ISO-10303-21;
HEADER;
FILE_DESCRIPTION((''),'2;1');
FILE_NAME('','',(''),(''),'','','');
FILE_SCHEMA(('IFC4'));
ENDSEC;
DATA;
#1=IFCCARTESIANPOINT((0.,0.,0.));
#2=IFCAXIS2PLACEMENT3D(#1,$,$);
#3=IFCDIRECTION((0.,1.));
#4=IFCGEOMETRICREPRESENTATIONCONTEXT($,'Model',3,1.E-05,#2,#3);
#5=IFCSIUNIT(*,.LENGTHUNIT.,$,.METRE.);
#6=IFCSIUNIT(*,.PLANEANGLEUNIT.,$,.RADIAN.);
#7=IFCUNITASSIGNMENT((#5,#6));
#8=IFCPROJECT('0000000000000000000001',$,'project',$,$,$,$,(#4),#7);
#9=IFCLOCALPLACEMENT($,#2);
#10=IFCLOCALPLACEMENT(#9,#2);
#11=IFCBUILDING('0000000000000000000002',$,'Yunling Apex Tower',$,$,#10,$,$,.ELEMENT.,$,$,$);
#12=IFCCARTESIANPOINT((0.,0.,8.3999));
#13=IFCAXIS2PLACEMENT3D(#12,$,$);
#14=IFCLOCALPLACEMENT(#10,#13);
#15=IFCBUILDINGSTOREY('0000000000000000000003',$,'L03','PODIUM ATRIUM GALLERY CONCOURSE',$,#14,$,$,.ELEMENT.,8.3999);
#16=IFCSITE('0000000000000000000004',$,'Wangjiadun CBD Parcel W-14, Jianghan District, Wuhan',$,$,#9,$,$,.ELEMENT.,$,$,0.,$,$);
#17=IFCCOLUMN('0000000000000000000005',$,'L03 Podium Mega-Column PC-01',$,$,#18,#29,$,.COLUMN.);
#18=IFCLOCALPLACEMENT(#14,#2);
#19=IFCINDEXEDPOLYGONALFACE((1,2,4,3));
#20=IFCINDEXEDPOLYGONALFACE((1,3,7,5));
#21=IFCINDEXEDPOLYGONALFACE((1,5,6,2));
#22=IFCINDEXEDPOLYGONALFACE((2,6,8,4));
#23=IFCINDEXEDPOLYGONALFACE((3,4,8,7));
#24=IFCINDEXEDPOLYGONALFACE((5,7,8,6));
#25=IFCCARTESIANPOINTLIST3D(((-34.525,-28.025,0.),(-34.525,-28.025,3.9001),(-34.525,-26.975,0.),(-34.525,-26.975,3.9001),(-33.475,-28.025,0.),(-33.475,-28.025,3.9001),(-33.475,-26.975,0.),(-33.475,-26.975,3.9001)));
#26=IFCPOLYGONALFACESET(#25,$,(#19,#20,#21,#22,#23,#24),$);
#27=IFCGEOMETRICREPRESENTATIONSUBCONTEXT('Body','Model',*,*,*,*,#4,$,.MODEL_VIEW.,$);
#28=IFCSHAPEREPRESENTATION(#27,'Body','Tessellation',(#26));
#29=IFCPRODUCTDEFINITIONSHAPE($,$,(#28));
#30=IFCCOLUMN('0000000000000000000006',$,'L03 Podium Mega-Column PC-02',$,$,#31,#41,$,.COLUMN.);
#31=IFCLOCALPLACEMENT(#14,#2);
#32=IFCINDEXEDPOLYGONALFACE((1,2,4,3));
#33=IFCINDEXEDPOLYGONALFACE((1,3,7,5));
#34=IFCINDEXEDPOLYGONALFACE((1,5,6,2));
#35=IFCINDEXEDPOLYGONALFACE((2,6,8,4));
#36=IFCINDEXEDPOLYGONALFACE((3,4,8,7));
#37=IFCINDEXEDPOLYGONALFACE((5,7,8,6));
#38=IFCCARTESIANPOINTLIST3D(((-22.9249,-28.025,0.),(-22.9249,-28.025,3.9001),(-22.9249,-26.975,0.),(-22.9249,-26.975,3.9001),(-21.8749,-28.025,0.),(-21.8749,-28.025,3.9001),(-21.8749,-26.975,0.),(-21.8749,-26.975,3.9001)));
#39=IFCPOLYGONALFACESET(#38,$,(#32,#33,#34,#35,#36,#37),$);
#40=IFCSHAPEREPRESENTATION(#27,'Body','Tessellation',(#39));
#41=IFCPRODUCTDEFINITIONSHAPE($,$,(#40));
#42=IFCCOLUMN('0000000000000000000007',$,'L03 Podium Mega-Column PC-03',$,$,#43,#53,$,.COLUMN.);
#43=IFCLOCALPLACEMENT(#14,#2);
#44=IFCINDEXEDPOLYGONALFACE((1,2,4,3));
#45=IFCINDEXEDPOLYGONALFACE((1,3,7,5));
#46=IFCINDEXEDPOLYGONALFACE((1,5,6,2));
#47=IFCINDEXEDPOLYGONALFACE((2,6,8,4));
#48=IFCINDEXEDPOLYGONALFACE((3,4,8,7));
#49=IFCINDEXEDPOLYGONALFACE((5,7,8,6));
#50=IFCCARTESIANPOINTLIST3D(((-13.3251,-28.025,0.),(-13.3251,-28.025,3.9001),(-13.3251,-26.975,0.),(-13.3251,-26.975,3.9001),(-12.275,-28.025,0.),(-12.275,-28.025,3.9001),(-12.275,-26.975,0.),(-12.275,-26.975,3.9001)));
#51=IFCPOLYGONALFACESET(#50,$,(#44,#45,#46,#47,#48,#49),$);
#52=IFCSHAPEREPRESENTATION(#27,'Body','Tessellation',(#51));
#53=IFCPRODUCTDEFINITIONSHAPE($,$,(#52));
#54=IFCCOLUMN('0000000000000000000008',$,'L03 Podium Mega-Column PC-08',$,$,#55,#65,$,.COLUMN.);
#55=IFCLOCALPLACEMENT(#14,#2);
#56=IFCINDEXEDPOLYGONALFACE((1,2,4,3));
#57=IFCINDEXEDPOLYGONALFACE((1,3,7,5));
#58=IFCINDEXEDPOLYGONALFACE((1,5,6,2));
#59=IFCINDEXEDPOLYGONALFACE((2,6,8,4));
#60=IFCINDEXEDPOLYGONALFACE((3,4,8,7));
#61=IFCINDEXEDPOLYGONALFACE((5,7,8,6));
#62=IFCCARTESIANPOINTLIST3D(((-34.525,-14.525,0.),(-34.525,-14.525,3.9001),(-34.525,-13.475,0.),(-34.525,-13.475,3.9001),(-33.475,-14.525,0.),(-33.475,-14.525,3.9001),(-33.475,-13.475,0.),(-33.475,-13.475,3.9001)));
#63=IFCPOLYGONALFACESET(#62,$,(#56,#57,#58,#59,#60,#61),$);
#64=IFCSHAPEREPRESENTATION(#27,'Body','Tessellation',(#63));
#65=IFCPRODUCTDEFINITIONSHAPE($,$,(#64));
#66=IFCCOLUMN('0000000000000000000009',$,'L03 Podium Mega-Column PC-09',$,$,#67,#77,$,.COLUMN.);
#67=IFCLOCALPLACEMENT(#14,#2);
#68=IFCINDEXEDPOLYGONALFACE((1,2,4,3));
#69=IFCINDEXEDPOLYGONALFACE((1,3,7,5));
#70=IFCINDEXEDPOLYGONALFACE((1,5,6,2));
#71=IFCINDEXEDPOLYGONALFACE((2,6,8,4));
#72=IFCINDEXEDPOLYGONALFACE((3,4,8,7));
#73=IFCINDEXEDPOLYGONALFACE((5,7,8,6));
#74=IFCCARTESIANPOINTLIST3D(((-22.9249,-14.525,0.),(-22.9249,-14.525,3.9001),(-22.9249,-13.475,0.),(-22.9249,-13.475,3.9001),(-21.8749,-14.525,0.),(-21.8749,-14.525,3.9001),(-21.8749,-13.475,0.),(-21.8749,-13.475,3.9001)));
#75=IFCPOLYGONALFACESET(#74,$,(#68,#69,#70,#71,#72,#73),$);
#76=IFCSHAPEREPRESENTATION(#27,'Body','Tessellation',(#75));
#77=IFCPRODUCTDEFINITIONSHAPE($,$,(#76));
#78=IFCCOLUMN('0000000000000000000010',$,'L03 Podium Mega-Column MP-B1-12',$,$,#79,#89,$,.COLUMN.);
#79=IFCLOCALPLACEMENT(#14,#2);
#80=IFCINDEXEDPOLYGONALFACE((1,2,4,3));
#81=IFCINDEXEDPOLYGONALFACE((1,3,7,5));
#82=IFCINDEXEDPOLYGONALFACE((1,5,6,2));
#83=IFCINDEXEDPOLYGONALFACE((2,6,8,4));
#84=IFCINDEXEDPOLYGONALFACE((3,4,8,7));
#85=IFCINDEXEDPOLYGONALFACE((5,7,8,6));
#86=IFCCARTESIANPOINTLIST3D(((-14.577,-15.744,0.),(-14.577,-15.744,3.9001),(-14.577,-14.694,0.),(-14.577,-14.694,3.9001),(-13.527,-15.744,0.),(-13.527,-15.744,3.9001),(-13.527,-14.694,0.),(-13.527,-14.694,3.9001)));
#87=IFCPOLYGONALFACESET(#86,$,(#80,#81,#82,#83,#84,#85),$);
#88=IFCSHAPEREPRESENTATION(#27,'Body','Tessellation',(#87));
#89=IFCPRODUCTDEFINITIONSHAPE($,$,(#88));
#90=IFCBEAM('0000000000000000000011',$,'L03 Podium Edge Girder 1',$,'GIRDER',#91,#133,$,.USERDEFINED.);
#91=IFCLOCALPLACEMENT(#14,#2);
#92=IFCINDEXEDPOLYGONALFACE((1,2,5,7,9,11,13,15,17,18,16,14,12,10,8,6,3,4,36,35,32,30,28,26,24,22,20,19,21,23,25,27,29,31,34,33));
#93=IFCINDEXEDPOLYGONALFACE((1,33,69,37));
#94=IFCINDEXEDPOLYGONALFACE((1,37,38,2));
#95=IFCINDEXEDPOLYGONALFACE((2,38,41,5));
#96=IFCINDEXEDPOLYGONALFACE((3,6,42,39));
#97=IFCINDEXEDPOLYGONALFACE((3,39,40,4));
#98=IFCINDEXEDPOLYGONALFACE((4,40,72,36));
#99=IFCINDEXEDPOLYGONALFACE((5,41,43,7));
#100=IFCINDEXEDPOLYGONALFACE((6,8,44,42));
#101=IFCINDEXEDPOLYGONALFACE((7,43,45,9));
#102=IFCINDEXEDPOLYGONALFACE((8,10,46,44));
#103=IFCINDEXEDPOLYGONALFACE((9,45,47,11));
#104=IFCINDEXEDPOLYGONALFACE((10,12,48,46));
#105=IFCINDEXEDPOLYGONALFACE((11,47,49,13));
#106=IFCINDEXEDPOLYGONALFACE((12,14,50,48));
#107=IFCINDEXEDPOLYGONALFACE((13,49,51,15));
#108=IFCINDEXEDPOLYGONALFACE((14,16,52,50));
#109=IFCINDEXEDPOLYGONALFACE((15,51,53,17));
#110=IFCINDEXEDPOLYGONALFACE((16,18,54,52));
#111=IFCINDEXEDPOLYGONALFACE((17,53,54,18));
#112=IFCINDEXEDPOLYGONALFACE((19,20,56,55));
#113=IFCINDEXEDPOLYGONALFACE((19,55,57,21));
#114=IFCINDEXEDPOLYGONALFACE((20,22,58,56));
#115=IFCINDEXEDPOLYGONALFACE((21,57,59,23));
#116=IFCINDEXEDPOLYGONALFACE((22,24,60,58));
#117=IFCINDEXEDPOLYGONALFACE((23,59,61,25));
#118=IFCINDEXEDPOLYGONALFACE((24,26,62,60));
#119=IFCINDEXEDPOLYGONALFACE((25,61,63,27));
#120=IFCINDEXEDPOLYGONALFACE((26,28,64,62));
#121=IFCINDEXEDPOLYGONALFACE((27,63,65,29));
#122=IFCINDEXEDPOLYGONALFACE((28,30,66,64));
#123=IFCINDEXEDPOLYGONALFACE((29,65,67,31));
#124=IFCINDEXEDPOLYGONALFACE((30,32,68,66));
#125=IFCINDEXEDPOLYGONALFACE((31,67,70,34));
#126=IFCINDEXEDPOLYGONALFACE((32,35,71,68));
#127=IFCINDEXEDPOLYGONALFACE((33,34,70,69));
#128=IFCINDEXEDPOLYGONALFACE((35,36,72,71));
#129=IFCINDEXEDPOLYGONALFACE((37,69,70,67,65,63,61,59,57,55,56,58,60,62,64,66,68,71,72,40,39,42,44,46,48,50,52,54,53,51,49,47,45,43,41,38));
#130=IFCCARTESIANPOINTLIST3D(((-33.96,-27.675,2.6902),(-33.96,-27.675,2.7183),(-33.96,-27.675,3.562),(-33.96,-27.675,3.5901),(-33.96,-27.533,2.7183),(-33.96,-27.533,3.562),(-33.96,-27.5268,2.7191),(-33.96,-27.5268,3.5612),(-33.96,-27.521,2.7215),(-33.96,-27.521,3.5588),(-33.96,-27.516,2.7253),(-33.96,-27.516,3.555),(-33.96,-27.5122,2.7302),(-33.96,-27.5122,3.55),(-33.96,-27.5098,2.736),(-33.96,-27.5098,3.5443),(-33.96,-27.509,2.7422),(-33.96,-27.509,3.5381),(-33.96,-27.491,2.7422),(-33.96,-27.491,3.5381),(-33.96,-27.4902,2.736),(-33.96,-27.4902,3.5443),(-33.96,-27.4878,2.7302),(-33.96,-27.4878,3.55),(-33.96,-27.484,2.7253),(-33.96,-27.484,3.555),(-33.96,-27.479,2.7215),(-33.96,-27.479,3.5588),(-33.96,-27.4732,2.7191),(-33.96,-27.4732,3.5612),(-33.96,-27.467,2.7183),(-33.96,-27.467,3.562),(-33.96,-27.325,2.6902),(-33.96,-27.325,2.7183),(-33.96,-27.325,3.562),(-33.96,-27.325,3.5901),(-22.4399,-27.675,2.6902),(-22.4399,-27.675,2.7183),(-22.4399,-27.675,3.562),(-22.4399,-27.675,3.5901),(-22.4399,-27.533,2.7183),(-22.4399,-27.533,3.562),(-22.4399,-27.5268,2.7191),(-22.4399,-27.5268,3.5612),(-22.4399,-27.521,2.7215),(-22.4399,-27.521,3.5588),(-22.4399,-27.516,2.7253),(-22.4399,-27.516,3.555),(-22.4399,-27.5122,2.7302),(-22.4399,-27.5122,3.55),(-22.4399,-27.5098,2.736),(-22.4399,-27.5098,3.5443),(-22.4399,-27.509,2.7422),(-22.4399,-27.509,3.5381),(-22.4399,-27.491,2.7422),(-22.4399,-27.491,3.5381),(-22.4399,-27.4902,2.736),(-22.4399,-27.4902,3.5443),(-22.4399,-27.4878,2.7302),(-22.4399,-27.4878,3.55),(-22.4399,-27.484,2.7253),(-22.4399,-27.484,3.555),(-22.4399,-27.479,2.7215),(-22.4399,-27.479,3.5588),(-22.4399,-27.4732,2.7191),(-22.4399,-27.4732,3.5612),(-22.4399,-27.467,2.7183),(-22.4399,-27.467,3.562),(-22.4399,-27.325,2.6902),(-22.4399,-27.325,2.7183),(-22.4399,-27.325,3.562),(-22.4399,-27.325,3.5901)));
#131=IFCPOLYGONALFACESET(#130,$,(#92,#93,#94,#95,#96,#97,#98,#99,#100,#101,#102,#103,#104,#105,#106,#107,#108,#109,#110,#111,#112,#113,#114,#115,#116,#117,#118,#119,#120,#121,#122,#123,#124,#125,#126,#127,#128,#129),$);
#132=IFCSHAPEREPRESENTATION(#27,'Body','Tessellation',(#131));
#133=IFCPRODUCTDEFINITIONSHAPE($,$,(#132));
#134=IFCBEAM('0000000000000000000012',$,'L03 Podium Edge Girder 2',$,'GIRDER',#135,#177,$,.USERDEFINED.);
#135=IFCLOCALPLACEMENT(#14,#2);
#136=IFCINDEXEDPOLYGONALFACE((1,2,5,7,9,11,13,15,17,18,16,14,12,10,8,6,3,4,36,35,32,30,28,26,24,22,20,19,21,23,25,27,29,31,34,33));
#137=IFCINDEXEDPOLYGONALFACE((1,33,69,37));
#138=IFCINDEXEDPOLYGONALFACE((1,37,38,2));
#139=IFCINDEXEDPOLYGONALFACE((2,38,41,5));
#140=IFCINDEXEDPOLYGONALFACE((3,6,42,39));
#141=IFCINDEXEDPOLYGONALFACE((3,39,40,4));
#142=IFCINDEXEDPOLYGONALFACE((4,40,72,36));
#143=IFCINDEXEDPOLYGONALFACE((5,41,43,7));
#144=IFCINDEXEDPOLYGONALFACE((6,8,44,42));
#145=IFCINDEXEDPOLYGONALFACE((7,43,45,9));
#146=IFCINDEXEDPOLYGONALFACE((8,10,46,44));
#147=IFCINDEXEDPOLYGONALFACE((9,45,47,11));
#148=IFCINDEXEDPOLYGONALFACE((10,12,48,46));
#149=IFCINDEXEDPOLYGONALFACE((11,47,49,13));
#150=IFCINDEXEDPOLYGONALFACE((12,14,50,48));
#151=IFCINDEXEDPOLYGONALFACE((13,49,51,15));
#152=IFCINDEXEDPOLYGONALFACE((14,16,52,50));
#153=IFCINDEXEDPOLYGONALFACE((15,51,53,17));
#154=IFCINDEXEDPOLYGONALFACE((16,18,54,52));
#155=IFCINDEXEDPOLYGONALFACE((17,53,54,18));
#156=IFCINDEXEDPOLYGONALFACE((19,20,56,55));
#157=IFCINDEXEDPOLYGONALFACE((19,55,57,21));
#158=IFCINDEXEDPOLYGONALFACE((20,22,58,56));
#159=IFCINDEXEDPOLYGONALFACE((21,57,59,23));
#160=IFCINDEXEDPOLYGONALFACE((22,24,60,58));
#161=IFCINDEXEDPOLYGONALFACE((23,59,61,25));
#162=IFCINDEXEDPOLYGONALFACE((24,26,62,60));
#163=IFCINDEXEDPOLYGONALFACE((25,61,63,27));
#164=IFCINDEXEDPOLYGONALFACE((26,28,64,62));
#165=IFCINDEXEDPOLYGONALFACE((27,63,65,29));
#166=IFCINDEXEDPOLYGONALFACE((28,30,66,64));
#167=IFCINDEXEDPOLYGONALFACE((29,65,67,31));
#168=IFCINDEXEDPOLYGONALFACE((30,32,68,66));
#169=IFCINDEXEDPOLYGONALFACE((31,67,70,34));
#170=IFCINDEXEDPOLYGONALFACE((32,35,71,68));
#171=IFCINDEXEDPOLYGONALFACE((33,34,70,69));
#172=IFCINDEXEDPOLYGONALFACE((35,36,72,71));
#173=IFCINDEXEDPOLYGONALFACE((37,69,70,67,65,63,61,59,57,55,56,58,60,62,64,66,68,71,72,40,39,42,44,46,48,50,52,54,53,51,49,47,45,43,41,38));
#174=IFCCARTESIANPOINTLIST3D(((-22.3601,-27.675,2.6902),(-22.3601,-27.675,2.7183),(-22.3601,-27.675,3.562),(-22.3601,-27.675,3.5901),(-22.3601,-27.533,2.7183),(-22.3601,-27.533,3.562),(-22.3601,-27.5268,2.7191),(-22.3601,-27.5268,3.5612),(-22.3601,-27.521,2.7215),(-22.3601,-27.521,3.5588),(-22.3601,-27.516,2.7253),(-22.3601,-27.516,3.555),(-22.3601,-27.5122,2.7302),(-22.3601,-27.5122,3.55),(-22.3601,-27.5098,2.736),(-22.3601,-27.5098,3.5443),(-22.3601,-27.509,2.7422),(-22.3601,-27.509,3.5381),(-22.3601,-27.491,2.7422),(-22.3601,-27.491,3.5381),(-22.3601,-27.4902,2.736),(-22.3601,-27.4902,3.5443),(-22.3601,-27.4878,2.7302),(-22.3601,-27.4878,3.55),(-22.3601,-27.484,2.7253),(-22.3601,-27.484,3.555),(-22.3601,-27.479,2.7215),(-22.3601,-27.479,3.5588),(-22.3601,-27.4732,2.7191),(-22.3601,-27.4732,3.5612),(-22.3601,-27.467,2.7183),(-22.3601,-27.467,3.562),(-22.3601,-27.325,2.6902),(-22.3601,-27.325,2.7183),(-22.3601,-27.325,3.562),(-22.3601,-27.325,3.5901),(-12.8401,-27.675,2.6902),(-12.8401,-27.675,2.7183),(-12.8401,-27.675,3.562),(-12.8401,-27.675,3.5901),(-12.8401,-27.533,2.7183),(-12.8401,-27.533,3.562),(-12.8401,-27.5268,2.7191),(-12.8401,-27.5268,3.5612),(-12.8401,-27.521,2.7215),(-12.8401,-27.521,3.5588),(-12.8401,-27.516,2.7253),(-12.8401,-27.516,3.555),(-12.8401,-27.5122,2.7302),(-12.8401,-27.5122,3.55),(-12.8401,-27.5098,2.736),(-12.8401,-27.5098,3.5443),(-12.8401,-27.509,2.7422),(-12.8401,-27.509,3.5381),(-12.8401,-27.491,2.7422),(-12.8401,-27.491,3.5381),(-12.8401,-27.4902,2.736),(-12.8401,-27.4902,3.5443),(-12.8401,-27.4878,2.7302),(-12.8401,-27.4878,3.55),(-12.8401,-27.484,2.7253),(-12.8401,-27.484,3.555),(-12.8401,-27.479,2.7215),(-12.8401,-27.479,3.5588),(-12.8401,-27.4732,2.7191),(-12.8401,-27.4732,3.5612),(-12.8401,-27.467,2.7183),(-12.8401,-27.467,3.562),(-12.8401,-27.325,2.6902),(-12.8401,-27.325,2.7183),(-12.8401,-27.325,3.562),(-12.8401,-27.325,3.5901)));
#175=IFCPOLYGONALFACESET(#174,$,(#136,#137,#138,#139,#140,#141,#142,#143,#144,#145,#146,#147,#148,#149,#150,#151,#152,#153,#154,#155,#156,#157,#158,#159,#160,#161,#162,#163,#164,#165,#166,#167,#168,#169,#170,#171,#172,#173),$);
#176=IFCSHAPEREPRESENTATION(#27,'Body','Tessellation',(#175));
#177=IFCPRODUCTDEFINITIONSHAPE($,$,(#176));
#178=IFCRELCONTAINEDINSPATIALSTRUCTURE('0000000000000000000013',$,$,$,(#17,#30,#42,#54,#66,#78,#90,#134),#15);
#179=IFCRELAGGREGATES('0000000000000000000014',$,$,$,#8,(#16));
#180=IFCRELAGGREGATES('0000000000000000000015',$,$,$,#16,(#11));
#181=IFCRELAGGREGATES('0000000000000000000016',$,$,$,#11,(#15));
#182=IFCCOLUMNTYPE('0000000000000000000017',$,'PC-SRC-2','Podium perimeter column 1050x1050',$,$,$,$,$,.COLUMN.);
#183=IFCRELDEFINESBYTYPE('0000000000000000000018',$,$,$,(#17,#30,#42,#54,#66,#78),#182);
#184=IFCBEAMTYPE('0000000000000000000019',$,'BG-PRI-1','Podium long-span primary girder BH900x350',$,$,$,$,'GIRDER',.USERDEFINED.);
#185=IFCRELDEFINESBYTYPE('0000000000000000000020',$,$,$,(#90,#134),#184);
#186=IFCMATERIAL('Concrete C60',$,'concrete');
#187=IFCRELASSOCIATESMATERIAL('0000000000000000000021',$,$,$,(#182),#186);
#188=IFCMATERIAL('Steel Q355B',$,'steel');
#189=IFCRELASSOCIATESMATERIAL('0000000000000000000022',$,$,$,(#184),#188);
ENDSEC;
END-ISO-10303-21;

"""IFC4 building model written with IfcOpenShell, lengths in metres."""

from ifc_helpers import new_model, si_unit, direction, frame, origin, origin_2d, place, context, subcontext, project, spatial, rectangle, i_section, extrude, source, transform, mapped, material, material_profile, profile_set, type_object, element, save


model = new_model("IFC4")

# Units and contexts
model_context = context("Model", 3, precision=1e-05, world=origin(), true_north=direction((0.0, 1.0)))
body_context = subcontext(model_context, "Body", "Model", "MODEL_VIEW")
ifc_project = project(units=[si_unit("LENGTHUNIT", "METRE"), si_unit("PLANEANGLEUNIT", "RADIAN")], contexts=[model_context])

# Site, building, storey
site_placement = place(None, origin())
site = spatial("IfcSite", under=ifc_project, at=site_placement, Name="Wangjiadun CBD Parcel W-14, Jianghan District, Wuhan", CompositionType="ELEMENT", RefElevation=0.0)
building_placement = place(site_placement, origin())
building = spatial("IfcBuilding", under=site, at=building_placement, Name="Yunling Apex Tower", CompositionType="ELEMENT")
storey_placement = place(building_placement, frame((0.0, 0.0, 8.3999)))
storey = spatial("IfcBuildingStorey", under=building, at=storey_placement, Name="L03", Description="PODIUM ATRIUM GALLERY CONCOURSE", CompositionType="ELEMENT", Elevation=8.3999)

# Columns
ifc_material_1 = material(Name="Concrete C60", Category="concrete")
ifc_material_profile_1 = material_profile(ifc_material_1, rectangle(XDim=1.05, YDim=1.05, at=origin_2d()))
ifc_profile_set_1 = profile_set([ifc_material_profile_1], Name="Concrete C60")
column_type = type_object("IfcColumnType", Name="PC-SRC-2", Description="Podium perimeter column 1050x1050", PredefinedType="COLUMN", material=ifc_profile_set_1)
shared_shape_1 = source(origin(), body_context, "Body", "SweptSolid", [
    extrude(rectangle(XDim=1.05, YDim=1.05, at=origin_2d()), origin(), (0.0, 0.0, 1.0), 3.9001),
])
for number, where, z_axis, x_axis, name in (
    (1, (-34.0, -27.5, 0.0), (0.0, 0.0, 1.0), (1.0, 0.0, 0.0), "L03 Podium Mega-Column PC-01"),
    (2, (-22.3999, -27.5, 0.0), (0.0, 0.0, 1.0), (1.0, 0.0, 0.0), "L03 Podium Mega-Column PC-02"),
    (3, (-12.8, -27.5, 0.0), (0.0, 0.0, 1.0), (1.0, 0.0, 0.0), "L03 Podium Mega-Column PC-03"),
    (4, (-34.0, -14.0, 0.0), (0.0, 0.0, 1.0), (1.0, 0.0, 0.0), "L03 Podium Mega-Column PC-08"),
    (5, (-22.3999, -14.0, 0.0), (0.0, 0.0, 1.0), (1.0, 0.0, 0.0), "L03 Podium Mega-Column PC-09"),
    (6, (-14.052, -15.219, 0.0), (0.0, 0.0, 1.0), (1.0, 0.0, 0.0), "L03 Podium Mega-Column MP-B1-12"),
):
    element("IfcColumn", number, at=place(storey_placement, frame(where, z_axis=z_axis, x_axis=x_axis)), inside=storey, type_object=column_type, Name=name, PredefinedType="COLUMN", context=body_context, shape_type="MappedRepresentation", body=[
        mapped(shared_shape_1, transform((0.0, 0.0, 0.0), scale=1.0)),
    ])

# Beams
ifc_material_2 = material(Name="Steel Q355B", Category="steel")
ifc_material_profile_2 = material_profile(ifc_material_2, i_section(OverallWidth=0.3501, OverallDepth=0.8999, WebThickness=0.0181, FlangeThickness=0.0281, FilletRadius=0.0239, at=origin_2d()))
ifc_profile_set_2 = profile_set([ifc_material_profile_2], Name="Steel Q355B")
beam_type_1 = type_object("IfcBeamType", Name="BG-PRI-1", Description="Podium long-span primary girder BH900x350", ElementType="GIRDER", PredefinedType="USERDEFINED", material=ifc_profile_set_2)
shared_shape_2 = source(origin(), body_context, "Body", "SweptSolid", [
    extrude(i_section(OverallWidth=0.3501, OverallDepth=0.8999, WebThickness=0.0181, FlangeThickness=0.0281, FilletRadius=0.0239, at=origin_2d()), origin(), (0.0, 0.0, 1.0), 11.52),
])
beam_1_placement = place(storey_placement, frame((-33.96, -27.5, 3.1401), z_axis=(1.0, 0.0, 0.0), x_axis=(0.0, 1.0, 0.0)))
element("IfcBeam", 7, at=beam_1_placement, inside=storey, type_object=beam_type_1, Name="L03 Podium Edge Girder 1", ObjectType="GIRDER", PredefinedType="USERDEFINED", context=body_context, shape_type="MappedRepresentation", body=[
    mapped(shared_shape_2, transform((0.0, 0.0, 0.0), scale=1.0)),
])
shared_shape_3 = source(origin(), body_context, "Body", "SweptSolid", [
    extrude(i_section(OverallWidth=0.3501, OverallDepth=0.8999, WebThickness=0.0181, FlangeThickness=0.0281, FilletRadius=0.0239, at=origin_2d()), origin(), (0.0, 0.0, 1.0), 9.52),
])
beam_2_placement = place(storey_placement, frame((-22.3601, -27.5, 3.1401), z_axis=(1.0, 0.0, 0.0), x_axis=(0.0, 1.0, 0.0)))
element("IfcBeam", 8, at=beam_2_placement, inside=storey, type_object=beam_type_1, Name="L03 Podium Edge Girder 2", ObjectType="GIRDER", PredefinedType="USERDEFINED", context=body_context, shape_type="MappedRepresentation", body=[
    mapped(shared_shape_3, transform((0.0, 0.0, 0.0), scale=1.0)),
])

save(model, "model.ifc")
